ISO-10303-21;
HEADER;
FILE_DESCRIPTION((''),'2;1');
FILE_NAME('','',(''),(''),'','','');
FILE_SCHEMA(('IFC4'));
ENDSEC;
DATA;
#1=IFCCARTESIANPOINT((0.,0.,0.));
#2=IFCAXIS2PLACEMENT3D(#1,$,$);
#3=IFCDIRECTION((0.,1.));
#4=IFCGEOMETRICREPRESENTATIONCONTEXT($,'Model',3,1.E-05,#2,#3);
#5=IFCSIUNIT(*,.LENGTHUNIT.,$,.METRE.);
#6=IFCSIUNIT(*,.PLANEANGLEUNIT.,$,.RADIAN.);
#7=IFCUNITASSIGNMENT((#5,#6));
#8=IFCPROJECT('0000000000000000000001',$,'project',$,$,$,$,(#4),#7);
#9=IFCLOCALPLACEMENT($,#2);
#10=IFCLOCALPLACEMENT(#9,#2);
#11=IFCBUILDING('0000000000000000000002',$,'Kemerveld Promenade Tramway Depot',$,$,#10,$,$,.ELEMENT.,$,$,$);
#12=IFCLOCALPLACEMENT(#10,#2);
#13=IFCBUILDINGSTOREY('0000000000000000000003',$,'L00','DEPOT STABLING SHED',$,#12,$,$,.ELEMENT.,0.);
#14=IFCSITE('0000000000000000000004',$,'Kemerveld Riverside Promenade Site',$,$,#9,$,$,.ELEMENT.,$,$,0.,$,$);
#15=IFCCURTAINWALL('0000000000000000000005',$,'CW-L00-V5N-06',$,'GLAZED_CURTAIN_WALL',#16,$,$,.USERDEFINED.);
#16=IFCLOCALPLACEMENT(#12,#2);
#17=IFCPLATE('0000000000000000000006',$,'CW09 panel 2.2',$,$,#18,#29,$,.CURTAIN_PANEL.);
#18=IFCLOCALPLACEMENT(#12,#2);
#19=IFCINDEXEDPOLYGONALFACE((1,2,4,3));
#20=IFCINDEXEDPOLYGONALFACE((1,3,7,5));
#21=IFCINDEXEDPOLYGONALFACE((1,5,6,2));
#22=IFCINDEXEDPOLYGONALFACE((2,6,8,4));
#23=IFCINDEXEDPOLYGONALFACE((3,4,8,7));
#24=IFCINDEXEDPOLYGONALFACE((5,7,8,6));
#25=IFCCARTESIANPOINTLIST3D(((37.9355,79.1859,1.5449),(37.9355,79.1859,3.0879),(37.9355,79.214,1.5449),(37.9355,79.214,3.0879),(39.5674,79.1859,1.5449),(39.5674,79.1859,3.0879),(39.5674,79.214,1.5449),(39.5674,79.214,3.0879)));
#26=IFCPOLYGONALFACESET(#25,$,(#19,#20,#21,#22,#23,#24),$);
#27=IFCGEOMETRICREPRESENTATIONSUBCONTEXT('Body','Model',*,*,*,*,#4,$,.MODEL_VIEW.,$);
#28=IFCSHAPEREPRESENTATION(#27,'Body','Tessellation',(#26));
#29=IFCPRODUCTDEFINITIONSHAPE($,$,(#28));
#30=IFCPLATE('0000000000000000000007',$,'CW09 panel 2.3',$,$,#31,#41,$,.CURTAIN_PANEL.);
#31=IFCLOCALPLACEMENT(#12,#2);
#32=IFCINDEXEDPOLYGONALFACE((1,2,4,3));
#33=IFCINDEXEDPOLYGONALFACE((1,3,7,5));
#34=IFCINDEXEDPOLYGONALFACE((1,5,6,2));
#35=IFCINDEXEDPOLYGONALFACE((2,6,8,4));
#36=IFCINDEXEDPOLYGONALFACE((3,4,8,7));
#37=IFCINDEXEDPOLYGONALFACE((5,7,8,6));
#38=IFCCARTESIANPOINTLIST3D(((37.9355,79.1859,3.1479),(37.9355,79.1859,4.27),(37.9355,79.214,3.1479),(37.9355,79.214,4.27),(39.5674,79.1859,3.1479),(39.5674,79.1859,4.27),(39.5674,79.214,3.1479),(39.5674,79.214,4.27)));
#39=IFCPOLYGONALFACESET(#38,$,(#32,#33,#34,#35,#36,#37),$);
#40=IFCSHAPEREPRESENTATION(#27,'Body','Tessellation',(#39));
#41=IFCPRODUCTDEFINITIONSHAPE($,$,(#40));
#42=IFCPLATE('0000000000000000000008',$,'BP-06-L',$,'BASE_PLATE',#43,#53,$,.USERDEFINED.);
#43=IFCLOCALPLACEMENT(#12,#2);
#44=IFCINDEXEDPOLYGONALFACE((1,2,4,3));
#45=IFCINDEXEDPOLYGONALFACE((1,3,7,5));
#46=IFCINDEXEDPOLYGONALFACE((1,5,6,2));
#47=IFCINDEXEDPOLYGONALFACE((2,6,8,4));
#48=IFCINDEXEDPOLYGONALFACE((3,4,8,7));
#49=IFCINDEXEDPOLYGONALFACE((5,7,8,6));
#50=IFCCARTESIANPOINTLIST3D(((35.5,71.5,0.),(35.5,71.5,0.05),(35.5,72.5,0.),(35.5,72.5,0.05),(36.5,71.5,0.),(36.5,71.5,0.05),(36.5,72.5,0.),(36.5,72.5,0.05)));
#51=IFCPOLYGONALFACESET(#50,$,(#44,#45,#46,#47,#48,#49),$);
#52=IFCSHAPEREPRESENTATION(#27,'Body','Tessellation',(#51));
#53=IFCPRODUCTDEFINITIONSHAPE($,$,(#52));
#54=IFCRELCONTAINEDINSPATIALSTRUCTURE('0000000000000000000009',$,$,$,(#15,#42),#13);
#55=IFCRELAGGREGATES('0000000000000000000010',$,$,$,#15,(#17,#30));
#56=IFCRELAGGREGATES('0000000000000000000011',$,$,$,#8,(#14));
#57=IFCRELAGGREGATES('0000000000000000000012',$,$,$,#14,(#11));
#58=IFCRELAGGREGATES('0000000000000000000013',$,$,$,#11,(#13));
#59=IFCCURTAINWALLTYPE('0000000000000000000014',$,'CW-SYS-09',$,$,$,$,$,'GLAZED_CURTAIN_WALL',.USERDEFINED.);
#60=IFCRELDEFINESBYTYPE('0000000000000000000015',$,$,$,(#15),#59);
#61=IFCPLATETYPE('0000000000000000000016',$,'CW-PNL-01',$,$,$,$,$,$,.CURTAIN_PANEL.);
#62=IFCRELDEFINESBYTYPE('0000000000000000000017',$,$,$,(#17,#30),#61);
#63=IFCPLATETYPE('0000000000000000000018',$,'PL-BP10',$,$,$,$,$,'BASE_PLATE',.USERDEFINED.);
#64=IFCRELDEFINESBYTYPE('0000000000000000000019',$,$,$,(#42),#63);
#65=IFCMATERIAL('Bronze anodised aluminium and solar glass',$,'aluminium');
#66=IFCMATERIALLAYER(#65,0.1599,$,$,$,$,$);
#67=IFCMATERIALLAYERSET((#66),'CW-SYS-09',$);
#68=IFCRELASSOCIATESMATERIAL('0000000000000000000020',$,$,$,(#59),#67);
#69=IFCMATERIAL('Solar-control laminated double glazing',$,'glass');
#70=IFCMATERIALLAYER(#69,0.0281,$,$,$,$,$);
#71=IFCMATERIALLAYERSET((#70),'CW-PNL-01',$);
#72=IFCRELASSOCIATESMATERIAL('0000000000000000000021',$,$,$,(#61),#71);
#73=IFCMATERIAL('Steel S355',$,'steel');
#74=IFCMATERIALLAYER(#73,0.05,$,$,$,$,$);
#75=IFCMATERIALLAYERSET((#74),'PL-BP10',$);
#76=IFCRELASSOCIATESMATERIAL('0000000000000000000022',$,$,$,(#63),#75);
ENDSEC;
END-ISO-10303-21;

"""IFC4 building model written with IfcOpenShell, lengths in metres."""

from ifc_helpers import new_model, si_unit, direction, frame, origin, origin_2d, place, context, subcontext, project, spatial, rectangle, extrude, material, layer, layer_set, type_object, element, aggregate, save


model = new_model("IFC4")

# Units and contexts
model_context = context("Model", 3, precision=1e-05, world=origin(), true_north=direction((0.0, 1.0)))
body_context = subcontext(model_context, "Body", "Model", "MODEL_VIEW")
ifc_project = project(units=[si_unit("LENGTHUNIT", "METRE"), si_unit("PLANEANGLEUNIT", "RADIAN")], contexts=[model_context])

# Site, building, storey
site_placement = place(None, origin())
site = spatial("IfcSite", under=ifc_project, at=site_placement, Name="Kemerveld Riverside Promenade Site", CompositionType="ELEMENT", RefElevation=0.0)
building_placement = place(site_placement, origin())
building = spatial("IfcBuilding", under=site, at=building_placement, Name="Kemerveld Promenade Tramway Depot", CompositionType="ELEMENT")
storey_placement = place(building_placement, origin())
storey = spatial("IfcBuildingStorey", under=building, at=storey_placement, Name="L00", Description="DEPOT STABLING SHED", CompositionType="ELEMENT", Elevation=0.0)

# Shared definitions
ifc_material_1 = material(Name="Steel S355", Category="steel")

# Curtain wall, plates
ifc_material_2 = material(Name="Bronze anodised aluminium and solar glass", Category="aluminium")
ifc_layer_1 = layer(ifc_material_2, 0.1599)
ifc_layer_set_1 = layer_set([ifc_layer_1], Name="CW-SYS-09")
curtain_wall_type = type_object("IfcCurtainWallType", Name="CW-SYS-09", ElementType="GLAZED_CURTAIN_WALL", PredefinedType="USERDEFINED", material=ifc_layer_set_1)
curtain_wall_placement = place(storey_placement, origin())
curtain_wall = element("IfcCurtainWall", 1, at=curtain_wall_placement, inside=storey, type_object=curtain_wall_type, Name="CW-L00-V5N-06", ObjectType="GLAZED_CURTAIN_WALL", PredefinedType="USERDEFINED")
ifc_material_3 = material(Name="Solar-control laminated double glazing", Category="glass")
ifc_layer_2 = layer(ifc_material_3, 0.0281)
ifc_layer_set_2 = layer_set([ifc_layer_2], Name="CW-PNL-01")
plate_type_1 = type_object("IfcPlateType", Name="CW-PNL-01", PredefinedType="CURTAIN_PANEL", material=ifc_layer_set_2)
plate_1_placement = place(storey_placement, frame((38.7515, 79.2, 1.5449), z_axis=(0.0, 0.0, 1.0), x_axis=(1.0, 0.0, 0.0)))
plate_1 = element("IfcPlate", 2, at=plate_1_placement, type_object=plate_type_1, Name="CW09 panel 2.2", PredefinedType="CURTAIN_PANEL", context=body_context, shape_type="SweptSolid", body=[
    extrude(rectangle(XDim=1.6318, YDim=0.0281, at=origin_2d()), origin(), (0.0, 0.0, 1.0), 1.543),
])
plate_2_placement = place(storey_placement, frame((38.7515, 79.2, 3.1479), z_axis=(0.0, 0.0, 1.0), x_axis=(1.0, 0.0, 0.0)))
plate_2 = element("IfcPlate", 3, at=plate_2_placement, type_object=plate_type_1, Name="CW09 panel 2.3", PredefinedType="CURTAIN_PANEL", context=body_context, shape_type="SweptSolid", body=[
    extrude(rectangle(XDim=1.6318, YDim=0.0281, at=origin_2d()), origin(), (0.0, 0.0, 1.0), 1.1221),
])
aggregate(curtain_wall, [plate_1, plate_2])

# Plate
ifc_layer_3 = layer(ifc_material_1, 0.05)
ifc_layer_set_3 = layer_set([ifc_layer_3], Name="PL-BP10")
plate_type_2 = type_object("IfcPlateType", Name="PL-BP10", ElementType="BASE_PLATE", PredefinedType="USERDEFINED", material=ifc_layer_set_3)
plate_3_placement = place(storey_placement, frame((36.0, 72.0, 0.0), z_axis=(0.0, 0.0, 1.0), x_axis=(1.0, 0.0, 0.0)))
element("IfcPlate", 4, at=plate_3_placement, inside=storey, type_object=plate_type_2, Name="BP-06-L", ObjectType="BASE_PLATE", PredefinedType="USERDEFINED", context=body_context, shape_type="SweptSolid", body=[
    extrude(rectangle(XDim=1.0, YDim=1.0, at=origin_2d()), origin(), (0.0, 0.0, 1.0), 0.05),
])

save(model, "model.ifc")
